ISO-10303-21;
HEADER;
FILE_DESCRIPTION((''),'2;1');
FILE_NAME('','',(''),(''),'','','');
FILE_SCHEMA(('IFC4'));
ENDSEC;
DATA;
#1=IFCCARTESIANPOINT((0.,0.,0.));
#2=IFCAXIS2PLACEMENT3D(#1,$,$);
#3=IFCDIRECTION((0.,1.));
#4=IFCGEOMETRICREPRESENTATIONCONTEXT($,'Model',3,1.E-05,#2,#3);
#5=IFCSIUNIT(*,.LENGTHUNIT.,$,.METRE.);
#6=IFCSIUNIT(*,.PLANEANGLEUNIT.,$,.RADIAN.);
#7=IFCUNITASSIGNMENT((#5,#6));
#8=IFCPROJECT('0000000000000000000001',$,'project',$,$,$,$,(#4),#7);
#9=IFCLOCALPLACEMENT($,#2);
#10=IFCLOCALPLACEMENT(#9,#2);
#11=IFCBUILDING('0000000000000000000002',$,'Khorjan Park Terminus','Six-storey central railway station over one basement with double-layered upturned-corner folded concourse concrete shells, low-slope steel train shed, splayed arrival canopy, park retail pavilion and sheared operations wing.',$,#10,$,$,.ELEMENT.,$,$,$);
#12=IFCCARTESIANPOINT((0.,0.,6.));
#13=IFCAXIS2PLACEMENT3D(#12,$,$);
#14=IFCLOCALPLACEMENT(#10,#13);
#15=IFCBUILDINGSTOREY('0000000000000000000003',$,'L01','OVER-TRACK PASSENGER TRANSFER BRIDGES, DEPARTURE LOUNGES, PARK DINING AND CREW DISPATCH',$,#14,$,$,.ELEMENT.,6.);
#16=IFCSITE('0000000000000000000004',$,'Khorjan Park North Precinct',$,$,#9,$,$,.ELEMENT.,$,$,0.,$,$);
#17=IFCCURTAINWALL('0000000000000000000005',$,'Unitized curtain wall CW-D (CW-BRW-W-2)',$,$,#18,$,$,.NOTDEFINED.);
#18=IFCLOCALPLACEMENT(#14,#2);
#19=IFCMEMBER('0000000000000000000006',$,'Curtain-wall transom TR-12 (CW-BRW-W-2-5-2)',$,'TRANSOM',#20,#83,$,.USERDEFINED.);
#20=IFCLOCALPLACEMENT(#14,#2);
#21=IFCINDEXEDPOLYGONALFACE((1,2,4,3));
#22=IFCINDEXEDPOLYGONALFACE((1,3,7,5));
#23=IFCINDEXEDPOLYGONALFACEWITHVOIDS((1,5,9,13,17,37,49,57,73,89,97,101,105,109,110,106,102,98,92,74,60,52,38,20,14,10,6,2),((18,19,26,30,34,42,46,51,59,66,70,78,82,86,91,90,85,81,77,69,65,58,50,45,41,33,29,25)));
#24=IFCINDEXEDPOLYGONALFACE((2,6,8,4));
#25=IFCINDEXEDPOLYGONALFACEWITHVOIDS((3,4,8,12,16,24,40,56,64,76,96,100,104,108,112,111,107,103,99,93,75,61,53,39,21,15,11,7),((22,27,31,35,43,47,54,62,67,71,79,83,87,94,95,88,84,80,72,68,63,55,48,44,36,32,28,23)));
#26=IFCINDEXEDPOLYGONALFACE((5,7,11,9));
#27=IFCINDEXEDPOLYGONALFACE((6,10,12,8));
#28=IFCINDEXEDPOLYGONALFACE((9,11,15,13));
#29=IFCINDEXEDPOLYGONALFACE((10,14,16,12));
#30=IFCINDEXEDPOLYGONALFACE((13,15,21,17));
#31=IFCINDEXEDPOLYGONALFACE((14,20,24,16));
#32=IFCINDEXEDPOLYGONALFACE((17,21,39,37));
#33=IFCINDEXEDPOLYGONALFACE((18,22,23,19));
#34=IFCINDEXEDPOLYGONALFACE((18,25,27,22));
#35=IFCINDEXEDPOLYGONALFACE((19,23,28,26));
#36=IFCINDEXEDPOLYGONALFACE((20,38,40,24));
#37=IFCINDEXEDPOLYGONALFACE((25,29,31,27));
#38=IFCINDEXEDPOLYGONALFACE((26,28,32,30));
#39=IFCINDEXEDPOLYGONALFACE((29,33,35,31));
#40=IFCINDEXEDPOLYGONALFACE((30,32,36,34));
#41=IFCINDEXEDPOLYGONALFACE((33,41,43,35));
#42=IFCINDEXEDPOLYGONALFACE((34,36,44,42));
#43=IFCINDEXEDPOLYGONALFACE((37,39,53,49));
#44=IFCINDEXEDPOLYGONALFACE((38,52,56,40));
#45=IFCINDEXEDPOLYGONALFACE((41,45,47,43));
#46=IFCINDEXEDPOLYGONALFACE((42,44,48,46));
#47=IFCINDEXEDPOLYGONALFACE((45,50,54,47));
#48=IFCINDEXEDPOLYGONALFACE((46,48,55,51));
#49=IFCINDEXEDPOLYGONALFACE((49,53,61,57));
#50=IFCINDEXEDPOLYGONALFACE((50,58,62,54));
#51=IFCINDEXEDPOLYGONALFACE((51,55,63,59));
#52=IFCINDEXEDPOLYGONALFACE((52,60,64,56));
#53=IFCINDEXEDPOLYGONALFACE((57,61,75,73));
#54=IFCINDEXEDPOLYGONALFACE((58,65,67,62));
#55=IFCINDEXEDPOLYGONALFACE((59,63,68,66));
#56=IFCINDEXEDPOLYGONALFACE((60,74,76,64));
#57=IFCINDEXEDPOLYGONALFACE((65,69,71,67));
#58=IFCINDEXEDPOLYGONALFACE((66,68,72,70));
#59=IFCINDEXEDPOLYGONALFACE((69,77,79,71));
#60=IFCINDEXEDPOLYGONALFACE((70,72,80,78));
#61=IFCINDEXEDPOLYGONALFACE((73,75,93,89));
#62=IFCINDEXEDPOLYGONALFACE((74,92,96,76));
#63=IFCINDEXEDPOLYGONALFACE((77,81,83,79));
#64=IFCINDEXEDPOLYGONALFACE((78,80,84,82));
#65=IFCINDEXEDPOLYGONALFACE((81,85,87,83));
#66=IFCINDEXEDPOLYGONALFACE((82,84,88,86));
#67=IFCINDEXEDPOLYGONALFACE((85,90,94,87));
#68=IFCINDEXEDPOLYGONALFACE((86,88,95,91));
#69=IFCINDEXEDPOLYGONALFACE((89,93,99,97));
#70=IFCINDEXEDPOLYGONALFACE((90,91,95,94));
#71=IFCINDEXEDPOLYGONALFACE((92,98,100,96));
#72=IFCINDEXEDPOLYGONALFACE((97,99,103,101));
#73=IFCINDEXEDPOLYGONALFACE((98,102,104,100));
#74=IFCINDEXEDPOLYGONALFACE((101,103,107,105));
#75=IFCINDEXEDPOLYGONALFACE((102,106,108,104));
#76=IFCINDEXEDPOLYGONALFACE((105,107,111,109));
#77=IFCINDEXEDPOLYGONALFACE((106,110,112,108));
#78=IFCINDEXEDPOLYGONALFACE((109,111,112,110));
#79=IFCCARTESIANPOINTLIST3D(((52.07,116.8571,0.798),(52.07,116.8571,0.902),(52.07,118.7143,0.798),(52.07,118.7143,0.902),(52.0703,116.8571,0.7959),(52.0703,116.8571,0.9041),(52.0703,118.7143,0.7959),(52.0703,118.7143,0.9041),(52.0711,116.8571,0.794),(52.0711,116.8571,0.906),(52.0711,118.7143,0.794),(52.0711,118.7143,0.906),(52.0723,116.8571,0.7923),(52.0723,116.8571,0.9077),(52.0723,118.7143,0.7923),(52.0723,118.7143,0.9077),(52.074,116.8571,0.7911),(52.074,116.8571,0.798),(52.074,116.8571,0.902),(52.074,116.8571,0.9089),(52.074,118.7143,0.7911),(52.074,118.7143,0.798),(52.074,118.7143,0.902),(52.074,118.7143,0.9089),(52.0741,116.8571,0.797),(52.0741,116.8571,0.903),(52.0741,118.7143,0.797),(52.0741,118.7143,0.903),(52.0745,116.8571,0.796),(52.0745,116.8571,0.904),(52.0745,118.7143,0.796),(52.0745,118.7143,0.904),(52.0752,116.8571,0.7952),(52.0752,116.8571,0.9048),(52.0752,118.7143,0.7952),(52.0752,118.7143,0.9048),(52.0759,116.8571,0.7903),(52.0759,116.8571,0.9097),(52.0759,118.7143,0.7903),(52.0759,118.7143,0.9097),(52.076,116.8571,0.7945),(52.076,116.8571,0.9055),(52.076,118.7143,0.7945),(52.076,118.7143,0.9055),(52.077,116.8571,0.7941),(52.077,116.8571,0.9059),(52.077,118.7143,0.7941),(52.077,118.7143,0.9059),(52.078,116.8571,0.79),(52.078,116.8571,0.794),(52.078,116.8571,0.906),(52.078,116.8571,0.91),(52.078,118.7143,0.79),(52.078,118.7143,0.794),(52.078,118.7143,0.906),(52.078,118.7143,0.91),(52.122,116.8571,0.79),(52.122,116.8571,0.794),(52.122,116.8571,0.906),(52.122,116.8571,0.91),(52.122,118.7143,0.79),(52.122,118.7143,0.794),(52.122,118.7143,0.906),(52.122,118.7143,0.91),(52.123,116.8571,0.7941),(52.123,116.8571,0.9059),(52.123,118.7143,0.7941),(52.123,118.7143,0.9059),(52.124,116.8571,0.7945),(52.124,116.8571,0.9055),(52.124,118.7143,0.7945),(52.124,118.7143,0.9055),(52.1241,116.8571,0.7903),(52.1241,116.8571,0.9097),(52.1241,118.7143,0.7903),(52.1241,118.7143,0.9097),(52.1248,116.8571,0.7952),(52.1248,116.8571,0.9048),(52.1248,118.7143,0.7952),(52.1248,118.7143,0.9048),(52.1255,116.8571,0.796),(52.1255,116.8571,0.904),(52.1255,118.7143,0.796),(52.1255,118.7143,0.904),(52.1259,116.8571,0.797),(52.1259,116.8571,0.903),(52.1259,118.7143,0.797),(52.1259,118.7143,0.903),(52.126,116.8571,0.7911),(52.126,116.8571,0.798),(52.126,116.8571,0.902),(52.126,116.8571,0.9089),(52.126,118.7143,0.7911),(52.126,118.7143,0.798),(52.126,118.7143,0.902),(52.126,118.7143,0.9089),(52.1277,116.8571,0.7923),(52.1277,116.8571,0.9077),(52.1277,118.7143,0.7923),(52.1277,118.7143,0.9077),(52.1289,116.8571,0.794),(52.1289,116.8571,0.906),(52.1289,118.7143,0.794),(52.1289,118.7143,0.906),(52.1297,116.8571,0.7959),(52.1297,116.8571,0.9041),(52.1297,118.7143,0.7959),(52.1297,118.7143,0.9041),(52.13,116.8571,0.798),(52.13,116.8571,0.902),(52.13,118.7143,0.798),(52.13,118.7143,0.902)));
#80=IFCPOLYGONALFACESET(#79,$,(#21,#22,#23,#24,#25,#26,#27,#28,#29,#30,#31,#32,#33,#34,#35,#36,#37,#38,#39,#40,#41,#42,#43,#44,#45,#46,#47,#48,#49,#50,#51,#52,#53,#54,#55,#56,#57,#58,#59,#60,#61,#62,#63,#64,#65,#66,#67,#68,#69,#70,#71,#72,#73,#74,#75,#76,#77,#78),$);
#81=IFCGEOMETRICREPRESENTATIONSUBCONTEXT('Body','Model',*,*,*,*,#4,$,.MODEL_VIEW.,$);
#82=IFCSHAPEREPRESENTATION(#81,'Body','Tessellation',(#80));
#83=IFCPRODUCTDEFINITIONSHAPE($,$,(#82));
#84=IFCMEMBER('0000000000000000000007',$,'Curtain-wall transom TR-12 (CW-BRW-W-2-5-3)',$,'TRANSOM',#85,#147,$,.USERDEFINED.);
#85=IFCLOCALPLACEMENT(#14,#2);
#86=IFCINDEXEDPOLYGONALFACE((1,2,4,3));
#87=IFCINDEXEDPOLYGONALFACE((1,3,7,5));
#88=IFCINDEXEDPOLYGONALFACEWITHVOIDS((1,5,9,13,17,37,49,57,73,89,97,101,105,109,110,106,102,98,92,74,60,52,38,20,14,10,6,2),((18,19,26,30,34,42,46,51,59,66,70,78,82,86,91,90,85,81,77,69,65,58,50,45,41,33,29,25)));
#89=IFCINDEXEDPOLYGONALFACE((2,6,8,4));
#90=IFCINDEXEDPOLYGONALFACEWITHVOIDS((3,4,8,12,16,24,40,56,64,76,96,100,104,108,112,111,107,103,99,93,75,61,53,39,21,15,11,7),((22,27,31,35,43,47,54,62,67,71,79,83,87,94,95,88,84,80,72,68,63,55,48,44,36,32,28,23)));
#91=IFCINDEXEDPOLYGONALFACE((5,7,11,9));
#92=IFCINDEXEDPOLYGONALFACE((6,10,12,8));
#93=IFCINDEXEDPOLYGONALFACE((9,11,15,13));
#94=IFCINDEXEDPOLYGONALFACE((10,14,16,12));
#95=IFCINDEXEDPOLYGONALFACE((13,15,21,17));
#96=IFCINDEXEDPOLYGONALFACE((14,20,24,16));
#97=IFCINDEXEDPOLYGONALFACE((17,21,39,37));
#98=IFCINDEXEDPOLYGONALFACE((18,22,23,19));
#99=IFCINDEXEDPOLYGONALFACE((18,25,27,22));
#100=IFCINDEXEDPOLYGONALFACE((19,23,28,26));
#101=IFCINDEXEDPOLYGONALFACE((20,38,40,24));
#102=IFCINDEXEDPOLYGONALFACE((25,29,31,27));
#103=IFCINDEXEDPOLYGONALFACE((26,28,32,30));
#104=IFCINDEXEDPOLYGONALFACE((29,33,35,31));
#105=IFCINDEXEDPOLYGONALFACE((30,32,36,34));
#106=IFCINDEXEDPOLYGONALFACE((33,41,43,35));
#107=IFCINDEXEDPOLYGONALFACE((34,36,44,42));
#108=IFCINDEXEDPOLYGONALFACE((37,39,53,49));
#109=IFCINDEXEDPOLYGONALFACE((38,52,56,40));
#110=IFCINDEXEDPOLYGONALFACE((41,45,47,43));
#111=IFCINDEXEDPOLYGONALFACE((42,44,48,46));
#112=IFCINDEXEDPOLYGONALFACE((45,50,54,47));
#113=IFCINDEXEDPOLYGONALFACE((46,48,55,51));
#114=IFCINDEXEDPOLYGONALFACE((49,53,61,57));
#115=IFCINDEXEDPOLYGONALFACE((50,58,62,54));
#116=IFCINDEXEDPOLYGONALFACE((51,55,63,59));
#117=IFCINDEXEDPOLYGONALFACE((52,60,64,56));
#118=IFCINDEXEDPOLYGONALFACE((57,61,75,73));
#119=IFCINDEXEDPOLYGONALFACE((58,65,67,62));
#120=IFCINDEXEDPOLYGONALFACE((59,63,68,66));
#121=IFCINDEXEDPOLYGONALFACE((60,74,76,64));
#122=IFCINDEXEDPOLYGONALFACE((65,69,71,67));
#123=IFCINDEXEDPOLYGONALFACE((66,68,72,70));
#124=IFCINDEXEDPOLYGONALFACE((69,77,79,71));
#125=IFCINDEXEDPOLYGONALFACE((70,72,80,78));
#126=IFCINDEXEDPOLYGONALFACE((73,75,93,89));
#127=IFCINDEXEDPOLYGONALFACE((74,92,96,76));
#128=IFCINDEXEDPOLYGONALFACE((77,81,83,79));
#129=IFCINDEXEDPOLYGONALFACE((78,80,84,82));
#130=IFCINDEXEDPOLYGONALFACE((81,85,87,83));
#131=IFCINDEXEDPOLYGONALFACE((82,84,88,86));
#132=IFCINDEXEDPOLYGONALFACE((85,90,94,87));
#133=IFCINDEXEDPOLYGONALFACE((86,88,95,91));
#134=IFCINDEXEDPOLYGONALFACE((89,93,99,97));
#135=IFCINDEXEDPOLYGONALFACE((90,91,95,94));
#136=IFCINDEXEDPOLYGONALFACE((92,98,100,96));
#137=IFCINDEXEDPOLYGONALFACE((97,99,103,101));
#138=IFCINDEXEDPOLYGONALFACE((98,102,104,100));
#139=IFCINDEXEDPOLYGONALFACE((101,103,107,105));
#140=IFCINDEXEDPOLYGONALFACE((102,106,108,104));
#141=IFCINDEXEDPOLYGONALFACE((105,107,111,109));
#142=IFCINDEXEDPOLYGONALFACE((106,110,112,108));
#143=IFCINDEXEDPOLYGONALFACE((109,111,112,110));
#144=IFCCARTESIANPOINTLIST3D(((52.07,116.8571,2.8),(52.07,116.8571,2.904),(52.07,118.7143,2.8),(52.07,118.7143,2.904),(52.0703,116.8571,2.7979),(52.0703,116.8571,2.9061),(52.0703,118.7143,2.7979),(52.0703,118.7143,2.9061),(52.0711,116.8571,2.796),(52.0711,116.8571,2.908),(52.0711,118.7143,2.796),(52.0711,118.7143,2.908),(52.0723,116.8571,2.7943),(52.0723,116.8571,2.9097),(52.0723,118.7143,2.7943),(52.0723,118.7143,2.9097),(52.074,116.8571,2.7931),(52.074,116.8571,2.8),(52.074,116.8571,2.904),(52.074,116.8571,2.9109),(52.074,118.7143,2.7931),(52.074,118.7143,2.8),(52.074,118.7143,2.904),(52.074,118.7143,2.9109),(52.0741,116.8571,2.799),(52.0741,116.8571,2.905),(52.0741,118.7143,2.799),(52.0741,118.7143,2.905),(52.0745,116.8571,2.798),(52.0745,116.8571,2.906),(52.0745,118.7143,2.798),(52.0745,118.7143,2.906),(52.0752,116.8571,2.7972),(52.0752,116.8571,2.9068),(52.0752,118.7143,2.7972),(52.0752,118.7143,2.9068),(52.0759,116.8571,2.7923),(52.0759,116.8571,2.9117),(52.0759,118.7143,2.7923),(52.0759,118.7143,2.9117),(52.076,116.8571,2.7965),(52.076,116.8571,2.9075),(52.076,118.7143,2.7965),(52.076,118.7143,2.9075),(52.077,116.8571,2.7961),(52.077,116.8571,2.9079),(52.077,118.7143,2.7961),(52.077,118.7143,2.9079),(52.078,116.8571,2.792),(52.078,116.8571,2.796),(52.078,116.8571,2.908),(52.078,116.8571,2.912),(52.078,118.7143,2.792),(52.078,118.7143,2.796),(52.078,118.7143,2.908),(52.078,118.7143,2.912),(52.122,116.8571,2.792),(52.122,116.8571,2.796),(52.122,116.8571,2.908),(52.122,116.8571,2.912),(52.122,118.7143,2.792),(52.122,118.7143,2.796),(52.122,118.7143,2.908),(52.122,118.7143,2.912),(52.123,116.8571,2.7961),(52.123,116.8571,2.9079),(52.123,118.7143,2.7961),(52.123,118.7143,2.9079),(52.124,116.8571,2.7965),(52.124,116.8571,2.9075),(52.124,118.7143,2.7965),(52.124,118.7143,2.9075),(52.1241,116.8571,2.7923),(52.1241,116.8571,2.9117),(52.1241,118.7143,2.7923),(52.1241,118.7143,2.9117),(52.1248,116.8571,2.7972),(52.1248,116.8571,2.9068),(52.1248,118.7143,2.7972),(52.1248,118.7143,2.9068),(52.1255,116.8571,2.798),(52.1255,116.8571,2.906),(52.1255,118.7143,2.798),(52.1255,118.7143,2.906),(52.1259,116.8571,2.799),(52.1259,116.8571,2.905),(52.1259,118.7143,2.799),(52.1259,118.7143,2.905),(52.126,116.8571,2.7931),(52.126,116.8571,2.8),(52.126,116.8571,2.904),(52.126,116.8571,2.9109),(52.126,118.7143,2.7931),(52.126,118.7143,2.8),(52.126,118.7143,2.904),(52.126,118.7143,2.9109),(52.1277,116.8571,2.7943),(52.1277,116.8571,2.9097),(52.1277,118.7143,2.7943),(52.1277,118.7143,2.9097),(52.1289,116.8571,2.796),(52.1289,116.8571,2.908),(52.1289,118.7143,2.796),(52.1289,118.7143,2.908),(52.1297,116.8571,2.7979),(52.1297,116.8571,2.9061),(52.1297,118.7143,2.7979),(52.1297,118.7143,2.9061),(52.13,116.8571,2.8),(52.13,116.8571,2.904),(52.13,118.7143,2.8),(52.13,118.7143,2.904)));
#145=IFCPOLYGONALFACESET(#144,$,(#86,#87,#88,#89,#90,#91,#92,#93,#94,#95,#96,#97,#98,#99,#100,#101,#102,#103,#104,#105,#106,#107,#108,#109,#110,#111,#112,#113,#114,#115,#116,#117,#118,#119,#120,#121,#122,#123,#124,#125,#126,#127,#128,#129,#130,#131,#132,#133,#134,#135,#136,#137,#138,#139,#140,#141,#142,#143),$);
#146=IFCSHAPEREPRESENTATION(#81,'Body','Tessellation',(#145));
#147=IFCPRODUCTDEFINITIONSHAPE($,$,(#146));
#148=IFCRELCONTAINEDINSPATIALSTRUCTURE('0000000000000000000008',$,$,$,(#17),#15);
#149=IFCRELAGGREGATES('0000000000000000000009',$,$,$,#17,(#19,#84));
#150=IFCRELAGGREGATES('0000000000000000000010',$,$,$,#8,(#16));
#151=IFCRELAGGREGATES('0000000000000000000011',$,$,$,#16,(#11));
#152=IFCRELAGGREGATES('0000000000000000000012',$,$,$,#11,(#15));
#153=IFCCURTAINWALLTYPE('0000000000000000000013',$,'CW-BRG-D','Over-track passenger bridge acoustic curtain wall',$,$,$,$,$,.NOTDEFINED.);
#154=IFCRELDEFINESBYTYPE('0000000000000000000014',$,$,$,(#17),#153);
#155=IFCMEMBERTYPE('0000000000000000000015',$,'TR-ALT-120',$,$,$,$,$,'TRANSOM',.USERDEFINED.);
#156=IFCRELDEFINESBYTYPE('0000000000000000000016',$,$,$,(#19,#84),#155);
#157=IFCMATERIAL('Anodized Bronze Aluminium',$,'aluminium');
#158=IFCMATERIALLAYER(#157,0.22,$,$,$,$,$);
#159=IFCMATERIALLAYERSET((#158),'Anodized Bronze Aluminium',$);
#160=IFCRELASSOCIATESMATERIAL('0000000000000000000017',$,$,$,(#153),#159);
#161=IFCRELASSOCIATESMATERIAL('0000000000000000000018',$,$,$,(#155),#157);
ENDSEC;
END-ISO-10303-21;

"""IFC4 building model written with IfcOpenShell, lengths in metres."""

from ifc_helpers import new_model, si_unit, direction, frame, origin, origin_2d, place, context, subcontext, project, spatial, hollow_rectangle, extrude, material, layer, layer_set, material_profile, profile_set, type_object, element, aggregate, save


model = new_model("IFC4")

# Units and contexts
model_context = context("Model", 3, precision=1e-05, world=origin(), true_north=direction((0.0, 1.0)))
body_context = subcontext(model_context, "Body", "Model", "MODEL_VIEW")
ifc_project = project(units=[si_unit("LENGTHUNIT", "METRE"), si_unit("PLANEANGLEUNIT", "RADIAN")], contexts=[model_context])

# Site, building, storey
site_placement = place(None, origin())
site = spatial("IfcSite", under=ifc_project, at=site_placement, Name="Khorjan Park North Precinct", CompositionType="ELEMENT", RefElevation=0.0)
building_placement = place(site_placement, origin())
building = spatial("IfcBuilding", under=site, at=building_placement, Name="Khorjan Park Terminus", Description="Six-storey central railway station over one basement with double-layered upturned-corner folded concourse concrete shells, low-slope steel train shed, splayed arrival canopy, park retail pavilion and sheared operations wing.", CompositionType="ELEMENT")
storey_placement = place(building_placement, frame((0.0, 0.0, 6.0)))
storey = spatial("IfcBuildingStorey", under=building, at=storey_placement, Name="L01", Description="OVER-TRACK PASSENGER TRANSFER BRIDGES, DEPARTURE LOUNGES, PARK DINING AND CREW DISPATCH", CompositionType="ELEMENT", Elevation=6.0)

# Curtain wall, members
ifc_material_1 = material(Name="Anodized Bronze Aluminium", Category="aluminium")
ifc_layer_1 = layer(ifc_material_1, 0.22)
ifc_layer_set_1 = layer_set([ifc_layer_1], Name="Anodized Bronze Aluminium")
curtain_wall_type = type_object("IfcCurtainWallType", Name="CW-BRG-D", Description="Over-track passenger bridge acoustic curtain wall", PredefinedType="NOTDEFINED", material=ifc_layer_set_1)
curtain_wall_placement = place(storey_placement, origin())
curtain_wall = element("IfcCurtainWall", 1, at=curtain_wall_placement, inside=storey, type_object=curtain_wall_type, Name="Unitized curtain wall CW-D (CW-BRW-W-2)", PredefinedType="NOTDEFINED")
ifc_material_profile_1 = material_profile(ifc_material_1, hollow_rectangle(XDim=0.06, YDim=0.12, WallThickness=0.004, InnerFilletRadius=0.004, OuterFilletRadius=0.008, at=origin_2d()), Name="ALT 60x120x4")
ifc_profile_set_1 = profile_set([ifc_material_profile_1], Name="Anodized Bronze Aluminium")
member_type_1 = type_object("IfcMemberType", Name="TR-ALT-120", ElementType="TRANSOM", PredefinedType="USERDEFINED", material=ifc_profile_set_1)
member_1_placement = place(storey_placement, frame((52.1, 118.7143, 0.85), z_axis=(0.0, -1.0, 0.0), x_axis=(1.0, 0.0, 0.0)))
member_1 = element("IfcMember", 2, at=member_1_placement, type_object=member_type_1, Name="Curtain-wall transom TR-12 (CW-BRW-W-2-5-2)", ObjectType="TRANSOM", PredefinedType="USERDEFINED", context=body_context, shape_type="SweptSolid", body=[
    extrude(hollow_rectangle(XDim=0.06, YDim=0.12, WallThickness=0.004, InnerFilletRadius=0.004, OuterFilletRadius=0.008, at=origin_2d()), origin(), (0.0, 0.0, 1.0), 1.8572),
])
member_2_placement = place(storey_placement, frame((52.1, 118.7143, 2.852), z_axis=(0.0, -1.0, 0.0), x_axis=(1.0, 0.0, 0.0)))
member_2 = element("IfcMember", 3, at=member_2_placement, type_object=member_type_1, Name="Curtain-wall transom TR-12 (CW-BRW-W-2-5-3)", ObjectType="TRANSOM", PredefinedType="USERDEFINED", context=body_context, shape_type="SweptSolid", body=[
    extrude(hollow_rectangle(XDim=0.06, YDim=0.12, WallThickness=0.004, InnerFilletRadius=0.004, OuterFilletRadius=0.008, at=origin_2d()), origin(), (0.0, 0.0, 1.0), 1.8572),
])
aggregate(curtain_wall, [member_1, member_2])

save(model, "model.ifc")
